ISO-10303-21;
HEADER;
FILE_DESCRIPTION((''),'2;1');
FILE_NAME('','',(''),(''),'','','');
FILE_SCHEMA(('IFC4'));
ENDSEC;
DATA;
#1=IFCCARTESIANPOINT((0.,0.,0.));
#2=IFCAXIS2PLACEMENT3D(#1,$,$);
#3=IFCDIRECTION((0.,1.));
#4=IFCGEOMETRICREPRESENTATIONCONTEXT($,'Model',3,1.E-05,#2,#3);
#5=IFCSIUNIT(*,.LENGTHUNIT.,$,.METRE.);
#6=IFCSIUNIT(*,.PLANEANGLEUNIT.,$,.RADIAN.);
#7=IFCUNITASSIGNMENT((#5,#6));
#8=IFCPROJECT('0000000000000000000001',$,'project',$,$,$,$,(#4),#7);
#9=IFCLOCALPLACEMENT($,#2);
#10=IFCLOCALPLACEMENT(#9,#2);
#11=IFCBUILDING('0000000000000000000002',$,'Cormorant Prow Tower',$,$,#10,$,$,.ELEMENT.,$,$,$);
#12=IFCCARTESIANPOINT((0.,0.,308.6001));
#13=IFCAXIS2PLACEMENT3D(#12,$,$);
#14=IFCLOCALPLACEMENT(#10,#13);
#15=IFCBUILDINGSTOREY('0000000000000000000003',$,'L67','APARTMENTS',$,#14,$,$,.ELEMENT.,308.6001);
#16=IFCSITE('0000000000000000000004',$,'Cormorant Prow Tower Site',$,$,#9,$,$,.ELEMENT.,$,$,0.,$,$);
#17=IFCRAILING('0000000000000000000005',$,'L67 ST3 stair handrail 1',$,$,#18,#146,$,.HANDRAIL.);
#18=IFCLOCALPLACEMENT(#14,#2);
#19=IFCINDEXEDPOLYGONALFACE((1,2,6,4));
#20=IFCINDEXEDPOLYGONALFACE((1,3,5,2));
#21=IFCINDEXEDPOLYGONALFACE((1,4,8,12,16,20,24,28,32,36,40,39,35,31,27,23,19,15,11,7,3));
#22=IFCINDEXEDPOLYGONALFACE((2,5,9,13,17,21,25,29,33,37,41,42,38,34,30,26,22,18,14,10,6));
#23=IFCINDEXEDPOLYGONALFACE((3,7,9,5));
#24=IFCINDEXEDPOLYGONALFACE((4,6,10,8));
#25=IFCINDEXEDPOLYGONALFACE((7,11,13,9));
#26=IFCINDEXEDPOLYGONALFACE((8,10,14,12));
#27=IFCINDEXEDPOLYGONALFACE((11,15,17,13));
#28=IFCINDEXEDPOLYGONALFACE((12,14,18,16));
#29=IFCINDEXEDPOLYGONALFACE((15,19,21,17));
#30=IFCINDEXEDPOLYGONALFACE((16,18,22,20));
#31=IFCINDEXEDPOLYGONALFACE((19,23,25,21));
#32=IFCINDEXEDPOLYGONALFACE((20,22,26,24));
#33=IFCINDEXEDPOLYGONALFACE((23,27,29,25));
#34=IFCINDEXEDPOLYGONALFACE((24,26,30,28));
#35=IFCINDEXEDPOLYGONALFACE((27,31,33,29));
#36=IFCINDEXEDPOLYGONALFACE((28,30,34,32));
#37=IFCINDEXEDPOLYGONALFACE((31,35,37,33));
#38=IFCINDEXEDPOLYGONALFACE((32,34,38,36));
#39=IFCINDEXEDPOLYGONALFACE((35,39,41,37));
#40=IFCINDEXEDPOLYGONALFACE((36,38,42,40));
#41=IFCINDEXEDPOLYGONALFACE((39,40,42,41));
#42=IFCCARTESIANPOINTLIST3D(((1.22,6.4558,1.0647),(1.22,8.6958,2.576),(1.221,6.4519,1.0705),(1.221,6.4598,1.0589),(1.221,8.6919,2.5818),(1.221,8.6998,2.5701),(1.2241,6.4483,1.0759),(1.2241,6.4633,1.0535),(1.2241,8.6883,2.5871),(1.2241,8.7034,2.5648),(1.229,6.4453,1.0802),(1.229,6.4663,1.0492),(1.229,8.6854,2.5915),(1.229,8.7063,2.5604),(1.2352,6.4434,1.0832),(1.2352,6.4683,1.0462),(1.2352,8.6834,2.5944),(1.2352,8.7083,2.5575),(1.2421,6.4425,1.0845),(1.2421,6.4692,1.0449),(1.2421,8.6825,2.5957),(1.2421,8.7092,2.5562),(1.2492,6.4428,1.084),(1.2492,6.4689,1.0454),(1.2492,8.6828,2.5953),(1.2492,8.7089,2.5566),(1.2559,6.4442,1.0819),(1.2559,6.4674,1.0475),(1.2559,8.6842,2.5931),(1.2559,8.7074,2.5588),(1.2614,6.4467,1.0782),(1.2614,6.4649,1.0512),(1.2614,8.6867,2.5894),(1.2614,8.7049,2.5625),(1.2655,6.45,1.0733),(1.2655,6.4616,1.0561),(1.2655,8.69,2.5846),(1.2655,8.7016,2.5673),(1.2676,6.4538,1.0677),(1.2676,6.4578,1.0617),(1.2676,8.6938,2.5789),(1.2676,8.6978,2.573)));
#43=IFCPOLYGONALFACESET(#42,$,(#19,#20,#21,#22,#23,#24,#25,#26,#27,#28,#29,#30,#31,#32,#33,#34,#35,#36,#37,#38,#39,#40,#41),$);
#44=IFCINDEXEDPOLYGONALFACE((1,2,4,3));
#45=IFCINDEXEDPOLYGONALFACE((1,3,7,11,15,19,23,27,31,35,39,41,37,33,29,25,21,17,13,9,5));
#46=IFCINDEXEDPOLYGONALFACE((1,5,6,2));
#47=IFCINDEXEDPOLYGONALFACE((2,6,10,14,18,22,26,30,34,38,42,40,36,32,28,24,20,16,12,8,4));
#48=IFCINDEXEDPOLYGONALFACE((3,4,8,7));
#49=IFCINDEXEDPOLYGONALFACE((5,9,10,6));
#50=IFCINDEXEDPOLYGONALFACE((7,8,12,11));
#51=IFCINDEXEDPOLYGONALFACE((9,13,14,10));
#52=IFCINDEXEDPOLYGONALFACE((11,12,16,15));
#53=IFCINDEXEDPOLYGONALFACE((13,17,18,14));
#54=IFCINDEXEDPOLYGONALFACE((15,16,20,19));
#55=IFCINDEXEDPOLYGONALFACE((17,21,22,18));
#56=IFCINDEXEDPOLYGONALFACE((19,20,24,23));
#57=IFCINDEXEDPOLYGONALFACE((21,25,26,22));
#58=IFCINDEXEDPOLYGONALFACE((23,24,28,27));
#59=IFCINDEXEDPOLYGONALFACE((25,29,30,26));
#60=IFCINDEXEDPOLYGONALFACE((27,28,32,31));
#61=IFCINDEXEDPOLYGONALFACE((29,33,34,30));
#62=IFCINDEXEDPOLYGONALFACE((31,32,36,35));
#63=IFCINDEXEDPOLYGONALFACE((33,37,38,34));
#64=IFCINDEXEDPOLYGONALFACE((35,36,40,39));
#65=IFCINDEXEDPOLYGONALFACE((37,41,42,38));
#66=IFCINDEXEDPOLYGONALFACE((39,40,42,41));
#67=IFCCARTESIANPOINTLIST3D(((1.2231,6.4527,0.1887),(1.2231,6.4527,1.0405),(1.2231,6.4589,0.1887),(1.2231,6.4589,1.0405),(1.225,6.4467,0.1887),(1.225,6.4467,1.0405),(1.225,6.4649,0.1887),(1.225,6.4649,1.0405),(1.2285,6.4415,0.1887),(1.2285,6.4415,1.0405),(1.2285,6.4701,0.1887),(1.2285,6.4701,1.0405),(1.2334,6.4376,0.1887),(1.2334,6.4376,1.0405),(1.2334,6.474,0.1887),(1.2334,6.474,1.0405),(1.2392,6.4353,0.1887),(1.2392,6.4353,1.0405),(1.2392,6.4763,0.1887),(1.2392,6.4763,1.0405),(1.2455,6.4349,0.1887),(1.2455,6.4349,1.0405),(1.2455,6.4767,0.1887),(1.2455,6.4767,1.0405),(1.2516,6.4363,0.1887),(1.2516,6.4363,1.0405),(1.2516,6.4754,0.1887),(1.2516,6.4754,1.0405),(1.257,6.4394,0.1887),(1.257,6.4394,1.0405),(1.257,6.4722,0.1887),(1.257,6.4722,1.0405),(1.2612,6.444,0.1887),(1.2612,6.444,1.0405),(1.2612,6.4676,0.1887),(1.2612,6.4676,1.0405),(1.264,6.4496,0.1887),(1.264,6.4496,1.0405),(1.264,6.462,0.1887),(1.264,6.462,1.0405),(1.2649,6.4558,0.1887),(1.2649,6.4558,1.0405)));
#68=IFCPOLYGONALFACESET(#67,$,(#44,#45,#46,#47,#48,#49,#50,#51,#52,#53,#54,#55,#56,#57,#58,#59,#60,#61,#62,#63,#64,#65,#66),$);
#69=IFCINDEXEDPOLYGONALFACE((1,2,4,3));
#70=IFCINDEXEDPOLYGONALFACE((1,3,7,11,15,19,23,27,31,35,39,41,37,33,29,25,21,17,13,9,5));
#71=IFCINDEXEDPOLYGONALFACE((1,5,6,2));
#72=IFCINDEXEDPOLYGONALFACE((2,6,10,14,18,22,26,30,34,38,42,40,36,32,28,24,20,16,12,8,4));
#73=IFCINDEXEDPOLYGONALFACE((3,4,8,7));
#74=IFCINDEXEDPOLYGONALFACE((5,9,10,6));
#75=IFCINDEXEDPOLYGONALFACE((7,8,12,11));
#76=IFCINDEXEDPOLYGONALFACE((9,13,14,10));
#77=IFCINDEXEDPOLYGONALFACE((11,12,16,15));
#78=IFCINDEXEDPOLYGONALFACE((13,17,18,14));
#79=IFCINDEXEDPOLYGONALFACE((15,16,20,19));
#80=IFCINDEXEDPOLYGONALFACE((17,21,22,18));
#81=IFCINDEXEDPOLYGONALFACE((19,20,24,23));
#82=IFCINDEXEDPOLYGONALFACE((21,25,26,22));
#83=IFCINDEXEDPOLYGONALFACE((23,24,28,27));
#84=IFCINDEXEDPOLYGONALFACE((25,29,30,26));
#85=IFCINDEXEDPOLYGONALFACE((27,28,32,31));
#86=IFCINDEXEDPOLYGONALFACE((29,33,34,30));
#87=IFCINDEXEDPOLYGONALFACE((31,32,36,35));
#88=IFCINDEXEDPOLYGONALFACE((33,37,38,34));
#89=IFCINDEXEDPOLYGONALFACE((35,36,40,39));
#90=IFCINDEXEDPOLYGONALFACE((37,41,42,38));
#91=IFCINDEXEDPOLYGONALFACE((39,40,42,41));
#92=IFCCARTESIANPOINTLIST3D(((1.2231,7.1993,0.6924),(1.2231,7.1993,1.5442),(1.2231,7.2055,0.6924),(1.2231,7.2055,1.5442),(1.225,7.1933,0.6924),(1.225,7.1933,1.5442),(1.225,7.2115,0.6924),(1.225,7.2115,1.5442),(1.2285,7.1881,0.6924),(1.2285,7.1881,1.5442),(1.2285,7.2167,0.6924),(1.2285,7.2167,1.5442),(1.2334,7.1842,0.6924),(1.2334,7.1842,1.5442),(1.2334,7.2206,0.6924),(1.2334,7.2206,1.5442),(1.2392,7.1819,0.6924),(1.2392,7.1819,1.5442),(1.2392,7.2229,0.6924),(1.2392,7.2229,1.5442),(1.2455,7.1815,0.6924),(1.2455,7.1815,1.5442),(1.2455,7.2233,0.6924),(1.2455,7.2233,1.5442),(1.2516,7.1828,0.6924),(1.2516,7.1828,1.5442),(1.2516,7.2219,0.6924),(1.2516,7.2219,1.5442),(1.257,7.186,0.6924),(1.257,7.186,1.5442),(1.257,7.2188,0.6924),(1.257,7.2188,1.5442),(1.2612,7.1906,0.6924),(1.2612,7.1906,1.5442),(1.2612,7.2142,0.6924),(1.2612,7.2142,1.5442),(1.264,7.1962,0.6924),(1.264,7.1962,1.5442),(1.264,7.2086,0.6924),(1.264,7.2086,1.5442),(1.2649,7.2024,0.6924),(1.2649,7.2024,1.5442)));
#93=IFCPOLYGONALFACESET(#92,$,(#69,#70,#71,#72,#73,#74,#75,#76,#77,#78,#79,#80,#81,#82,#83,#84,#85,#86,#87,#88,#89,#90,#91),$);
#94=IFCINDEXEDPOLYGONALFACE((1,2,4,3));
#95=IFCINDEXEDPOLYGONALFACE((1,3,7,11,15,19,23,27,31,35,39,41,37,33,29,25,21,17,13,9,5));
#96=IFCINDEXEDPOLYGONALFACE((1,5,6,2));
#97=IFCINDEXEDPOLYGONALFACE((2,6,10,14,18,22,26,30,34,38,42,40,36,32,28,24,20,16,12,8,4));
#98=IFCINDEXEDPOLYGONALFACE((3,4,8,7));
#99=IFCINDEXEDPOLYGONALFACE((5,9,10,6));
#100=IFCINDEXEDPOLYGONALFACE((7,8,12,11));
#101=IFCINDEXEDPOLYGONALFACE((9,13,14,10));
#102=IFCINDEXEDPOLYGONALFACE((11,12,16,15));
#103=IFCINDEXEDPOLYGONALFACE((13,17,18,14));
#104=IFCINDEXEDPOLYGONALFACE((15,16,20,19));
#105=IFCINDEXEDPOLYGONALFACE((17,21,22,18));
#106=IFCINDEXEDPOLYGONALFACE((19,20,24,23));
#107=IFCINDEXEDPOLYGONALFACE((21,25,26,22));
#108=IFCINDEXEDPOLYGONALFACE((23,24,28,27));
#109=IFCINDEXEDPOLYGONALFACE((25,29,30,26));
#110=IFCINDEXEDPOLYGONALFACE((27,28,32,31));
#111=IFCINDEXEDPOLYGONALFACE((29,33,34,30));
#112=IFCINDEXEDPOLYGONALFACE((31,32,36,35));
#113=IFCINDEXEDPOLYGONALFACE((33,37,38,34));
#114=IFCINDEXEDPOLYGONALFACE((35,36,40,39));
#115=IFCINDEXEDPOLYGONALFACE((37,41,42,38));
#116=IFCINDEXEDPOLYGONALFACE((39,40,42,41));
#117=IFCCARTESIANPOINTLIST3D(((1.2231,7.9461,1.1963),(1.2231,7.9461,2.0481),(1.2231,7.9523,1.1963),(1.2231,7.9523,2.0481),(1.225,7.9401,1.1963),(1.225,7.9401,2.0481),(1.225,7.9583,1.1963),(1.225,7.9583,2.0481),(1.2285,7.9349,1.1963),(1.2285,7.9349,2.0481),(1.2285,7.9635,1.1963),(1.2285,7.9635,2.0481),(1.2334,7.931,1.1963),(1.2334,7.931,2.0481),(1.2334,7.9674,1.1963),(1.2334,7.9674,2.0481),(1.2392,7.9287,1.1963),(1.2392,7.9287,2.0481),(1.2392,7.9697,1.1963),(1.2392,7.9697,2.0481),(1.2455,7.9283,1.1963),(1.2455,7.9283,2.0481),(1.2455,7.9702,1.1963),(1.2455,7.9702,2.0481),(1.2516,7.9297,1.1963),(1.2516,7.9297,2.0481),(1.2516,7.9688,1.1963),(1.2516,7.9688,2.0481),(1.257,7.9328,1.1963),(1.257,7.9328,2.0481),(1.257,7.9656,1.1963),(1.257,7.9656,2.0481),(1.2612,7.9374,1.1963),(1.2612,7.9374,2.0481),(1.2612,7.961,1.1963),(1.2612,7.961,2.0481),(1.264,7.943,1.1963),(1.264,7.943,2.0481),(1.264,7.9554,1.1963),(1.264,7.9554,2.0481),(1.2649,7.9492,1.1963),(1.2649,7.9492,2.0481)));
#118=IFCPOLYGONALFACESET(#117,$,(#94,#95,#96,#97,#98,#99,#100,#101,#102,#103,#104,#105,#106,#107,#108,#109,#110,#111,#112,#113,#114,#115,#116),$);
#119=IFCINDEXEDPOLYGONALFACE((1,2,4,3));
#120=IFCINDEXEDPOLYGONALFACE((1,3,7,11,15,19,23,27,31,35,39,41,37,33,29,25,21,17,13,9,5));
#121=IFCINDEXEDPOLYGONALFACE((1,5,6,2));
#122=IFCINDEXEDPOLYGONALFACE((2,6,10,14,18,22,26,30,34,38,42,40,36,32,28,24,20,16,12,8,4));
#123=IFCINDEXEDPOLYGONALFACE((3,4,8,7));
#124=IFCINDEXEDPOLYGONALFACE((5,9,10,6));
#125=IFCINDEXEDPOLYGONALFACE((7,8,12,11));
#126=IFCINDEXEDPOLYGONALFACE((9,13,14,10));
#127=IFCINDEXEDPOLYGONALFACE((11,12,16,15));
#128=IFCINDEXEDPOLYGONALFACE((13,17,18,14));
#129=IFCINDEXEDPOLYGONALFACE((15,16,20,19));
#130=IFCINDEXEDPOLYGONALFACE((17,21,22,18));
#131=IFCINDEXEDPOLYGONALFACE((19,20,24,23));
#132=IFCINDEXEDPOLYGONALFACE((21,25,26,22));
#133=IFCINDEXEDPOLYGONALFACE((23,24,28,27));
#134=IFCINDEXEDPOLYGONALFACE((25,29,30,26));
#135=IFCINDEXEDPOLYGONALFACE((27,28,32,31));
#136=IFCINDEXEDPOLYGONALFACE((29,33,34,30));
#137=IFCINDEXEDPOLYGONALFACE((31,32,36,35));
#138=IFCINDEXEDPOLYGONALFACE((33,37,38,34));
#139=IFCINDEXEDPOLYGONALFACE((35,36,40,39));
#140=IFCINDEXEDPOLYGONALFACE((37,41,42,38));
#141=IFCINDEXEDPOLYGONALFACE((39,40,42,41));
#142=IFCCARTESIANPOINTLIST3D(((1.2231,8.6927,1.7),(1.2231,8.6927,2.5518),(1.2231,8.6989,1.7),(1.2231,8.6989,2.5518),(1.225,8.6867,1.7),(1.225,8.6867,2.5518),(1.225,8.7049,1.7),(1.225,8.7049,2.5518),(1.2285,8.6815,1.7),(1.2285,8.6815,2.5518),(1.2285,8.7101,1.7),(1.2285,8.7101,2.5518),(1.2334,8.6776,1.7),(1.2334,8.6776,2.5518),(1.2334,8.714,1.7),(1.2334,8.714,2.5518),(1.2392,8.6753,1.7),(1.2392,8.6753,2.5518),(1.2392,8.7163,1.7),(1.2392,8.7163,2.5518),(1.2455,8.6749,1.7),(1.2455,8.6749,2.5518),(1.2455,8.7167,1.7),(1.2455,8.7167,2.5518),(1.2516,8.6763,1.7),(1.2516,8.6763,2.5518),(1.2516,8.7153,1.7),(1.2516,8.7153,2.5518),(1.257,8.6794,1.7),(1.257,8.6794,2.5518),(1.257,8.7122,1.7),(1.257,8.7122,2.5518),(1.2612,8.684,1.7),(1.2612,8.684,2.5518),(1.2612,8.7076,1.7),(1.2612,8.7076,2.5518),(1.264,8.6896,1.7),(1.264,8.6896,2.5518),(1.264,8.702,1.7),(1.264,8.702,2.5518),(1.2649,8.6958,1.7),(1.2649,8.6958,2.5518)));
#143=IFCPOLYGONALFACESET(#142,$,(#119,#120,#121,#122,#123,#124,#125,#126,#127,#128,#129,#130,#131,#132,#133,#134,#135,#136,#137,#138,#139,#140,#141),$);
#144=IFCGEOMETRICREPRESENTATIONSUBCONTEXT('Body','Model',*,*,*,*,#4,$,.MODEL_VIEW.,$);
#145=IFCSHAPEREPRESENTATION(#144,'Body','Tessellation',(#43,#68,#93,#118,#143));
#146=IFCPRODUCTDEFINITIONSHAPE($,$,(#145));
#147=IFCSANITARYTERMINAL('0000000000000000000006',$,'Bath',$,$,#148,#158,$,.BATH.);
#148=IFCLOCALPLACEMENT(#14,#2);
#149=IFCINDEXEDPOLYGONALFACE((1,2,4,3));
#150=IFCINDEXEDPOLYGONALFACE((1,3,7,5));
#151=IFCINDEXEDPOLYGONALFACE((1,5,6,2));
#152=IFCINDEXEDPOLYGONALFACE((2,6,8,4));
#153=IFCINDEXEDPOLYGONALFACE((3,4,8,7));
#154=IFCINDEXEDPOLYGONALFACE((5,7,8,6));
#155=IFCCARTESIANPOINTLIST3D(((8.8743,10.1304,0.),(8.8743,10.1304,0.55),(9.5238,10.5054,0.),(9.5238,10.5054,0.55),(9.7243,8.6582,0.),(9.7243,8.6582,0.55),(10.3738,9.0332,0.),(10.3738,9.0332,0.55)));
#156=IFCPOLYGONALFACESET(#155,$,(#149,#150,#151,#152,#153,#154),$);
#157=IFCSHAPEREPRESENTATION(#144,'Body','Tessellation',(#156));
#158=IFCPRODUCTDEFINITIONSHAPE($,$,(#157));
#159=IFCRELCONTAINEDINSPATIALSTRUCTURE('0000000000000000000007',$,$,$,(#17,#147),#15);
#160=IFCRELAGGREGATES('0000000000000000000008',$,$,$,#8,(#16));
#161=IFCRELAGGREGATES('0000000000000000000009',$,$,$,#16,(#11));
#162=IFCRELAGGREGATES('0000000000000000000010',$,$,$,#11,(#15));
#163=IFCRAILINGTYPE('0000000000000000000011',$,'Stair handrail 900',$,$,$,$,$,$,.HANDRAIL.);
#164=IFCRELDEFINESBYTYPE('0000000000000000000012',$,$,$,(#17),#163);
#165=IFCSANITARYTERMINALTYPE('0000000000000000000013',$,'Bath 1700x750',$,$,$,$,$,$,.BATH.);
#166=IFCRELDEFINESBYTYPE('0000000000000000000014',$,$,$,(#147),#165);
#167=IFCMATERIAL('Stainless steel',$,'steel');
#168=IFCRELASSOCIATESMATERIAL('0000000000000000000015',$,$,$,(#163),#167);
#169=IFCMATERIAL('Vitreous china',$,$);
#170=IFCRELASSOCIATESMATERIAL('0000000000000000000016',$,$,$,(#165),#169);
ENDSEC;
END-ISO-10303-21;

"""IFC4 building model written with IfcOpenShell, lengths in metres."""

from ifc_helpers import new_model, si_unit, direction, frame, origin, origin_2d, place, context, subcontext, project, spatial, rectangle, circle, extrude, material, type_object, element, save


model = new_model("IFC4")

# Units and contexts
model_context = context("Model", 3, precision=1e-05, world=origin(), true_north=direction((0.0, 1.0)))
body_context = subcontext(model_context, "Body", "Model", "MODEL_VIEW")
ifc_project = project(units=[si_unit("LENGTHUNIT", "METRE"), si_unit("PLANEANGLEUNIT", "RADIAN")], contexts=[model_context])

# Site, building, storey
site_placement = place(None, origin())
site = spatial("IfcSite", under=ifc_project, at=site_placement, Name="Cormorant Prow Tower Site", CompositionType="ELEMENT", RefElevation=0.0)
building_placement = place(site_placement, origin())
building = spatial("IfcBuilding", under=site, at=building_placement, Name="Cormorant Prow Tower", CompositionType="ELEMENT")
storey_placement = place(building_placement, frame((0.0, 0.0, 308.6001)))
storey = spatial("IfcBuildingStorey", under=building, at=storey_placement, Name="L67", Description="APARTMENTS", CompositionType="ELEMENT", Elevation=308.6001)

# Railing
ifc_material_1 = material(Name="Stainless steel", Category="steel")
railing_type_1 = type_object("IfcRailingType", Name="Stair handrail 900", PredefinedType="HANDRAIL", material=ifc_material_1)
railing_1_placement = place(storey_placement, frame((1.2439, 6.4558, 0.1887)))
element("IfcRailing", 1, at=railing_1_placement, inside=storey, type_object=railing_type_1, Name="L67 ST3 stair handrail 1", PredefinedType="HANDRAIL", context=body_context, shape_type="SweptSolid", body=[
    extrude(circle(Radius=0.0239, at=origin_2d()), frame((0.0, 0.0, 0.876), z_axis=(0.0, 0.82898, 0.559279), x_axis=(-1.0, 0.0, 0.0)), (0.0, 0.0, 1.0), 2.7021),
    extrude(circle(Radius=0.021, at=origin_2d()), origin(), (0.0, 0.0, 1.0), 0.8518),
    extrude(circle(Radius=0.021, at=origin_2d()), frame((0.0, 0.7466, 0.5037)), (0.0, 0.0, 1.0), 0.8518),
    extrude(circle(Radius=0.021, at=origin_2d()), frame((0.0, 1.4934, 1.0076)), (0.0, 0.0, 1.0), 0.8518),
    extrude(circle(Radius=0.021, at=origin_2d()), frame((0.0, 2.24, 1.5112)), (0.0, 0.0, 1.0), 0.8518),
])

# Sanitary terminal
ifc_material_2 = material(Name="Vitreous china")
sanitary_terminal_type = type_object("IfcSanitaryTerminalType", Name="Bath 1700x750", PredefinedType="BATH", material=ifc_material_2)
sanitary_terminal_placement = place(storey_placement, frame((9.624, 9.5818, 0.0), z_axis=(0.0, 0.0, 1.0), x_axis=(-0.5, 0.866025, 0.0)))
element("IfcSanitaryTerminal", 2, at=sanitary_terminal_placement, inside=storey, type_object=sanitary_terminal_type, Name="Bath", PredefinedType="BATH", context=body_context, shape_type="SweptSolid", body=[
    extrude(rectangle(XDim=1.7, YDim=0.75, at=origin_2d()), origin(), (0.0, 0.0, 1.0), 0.55),
])

save(model, "model.ifc")
